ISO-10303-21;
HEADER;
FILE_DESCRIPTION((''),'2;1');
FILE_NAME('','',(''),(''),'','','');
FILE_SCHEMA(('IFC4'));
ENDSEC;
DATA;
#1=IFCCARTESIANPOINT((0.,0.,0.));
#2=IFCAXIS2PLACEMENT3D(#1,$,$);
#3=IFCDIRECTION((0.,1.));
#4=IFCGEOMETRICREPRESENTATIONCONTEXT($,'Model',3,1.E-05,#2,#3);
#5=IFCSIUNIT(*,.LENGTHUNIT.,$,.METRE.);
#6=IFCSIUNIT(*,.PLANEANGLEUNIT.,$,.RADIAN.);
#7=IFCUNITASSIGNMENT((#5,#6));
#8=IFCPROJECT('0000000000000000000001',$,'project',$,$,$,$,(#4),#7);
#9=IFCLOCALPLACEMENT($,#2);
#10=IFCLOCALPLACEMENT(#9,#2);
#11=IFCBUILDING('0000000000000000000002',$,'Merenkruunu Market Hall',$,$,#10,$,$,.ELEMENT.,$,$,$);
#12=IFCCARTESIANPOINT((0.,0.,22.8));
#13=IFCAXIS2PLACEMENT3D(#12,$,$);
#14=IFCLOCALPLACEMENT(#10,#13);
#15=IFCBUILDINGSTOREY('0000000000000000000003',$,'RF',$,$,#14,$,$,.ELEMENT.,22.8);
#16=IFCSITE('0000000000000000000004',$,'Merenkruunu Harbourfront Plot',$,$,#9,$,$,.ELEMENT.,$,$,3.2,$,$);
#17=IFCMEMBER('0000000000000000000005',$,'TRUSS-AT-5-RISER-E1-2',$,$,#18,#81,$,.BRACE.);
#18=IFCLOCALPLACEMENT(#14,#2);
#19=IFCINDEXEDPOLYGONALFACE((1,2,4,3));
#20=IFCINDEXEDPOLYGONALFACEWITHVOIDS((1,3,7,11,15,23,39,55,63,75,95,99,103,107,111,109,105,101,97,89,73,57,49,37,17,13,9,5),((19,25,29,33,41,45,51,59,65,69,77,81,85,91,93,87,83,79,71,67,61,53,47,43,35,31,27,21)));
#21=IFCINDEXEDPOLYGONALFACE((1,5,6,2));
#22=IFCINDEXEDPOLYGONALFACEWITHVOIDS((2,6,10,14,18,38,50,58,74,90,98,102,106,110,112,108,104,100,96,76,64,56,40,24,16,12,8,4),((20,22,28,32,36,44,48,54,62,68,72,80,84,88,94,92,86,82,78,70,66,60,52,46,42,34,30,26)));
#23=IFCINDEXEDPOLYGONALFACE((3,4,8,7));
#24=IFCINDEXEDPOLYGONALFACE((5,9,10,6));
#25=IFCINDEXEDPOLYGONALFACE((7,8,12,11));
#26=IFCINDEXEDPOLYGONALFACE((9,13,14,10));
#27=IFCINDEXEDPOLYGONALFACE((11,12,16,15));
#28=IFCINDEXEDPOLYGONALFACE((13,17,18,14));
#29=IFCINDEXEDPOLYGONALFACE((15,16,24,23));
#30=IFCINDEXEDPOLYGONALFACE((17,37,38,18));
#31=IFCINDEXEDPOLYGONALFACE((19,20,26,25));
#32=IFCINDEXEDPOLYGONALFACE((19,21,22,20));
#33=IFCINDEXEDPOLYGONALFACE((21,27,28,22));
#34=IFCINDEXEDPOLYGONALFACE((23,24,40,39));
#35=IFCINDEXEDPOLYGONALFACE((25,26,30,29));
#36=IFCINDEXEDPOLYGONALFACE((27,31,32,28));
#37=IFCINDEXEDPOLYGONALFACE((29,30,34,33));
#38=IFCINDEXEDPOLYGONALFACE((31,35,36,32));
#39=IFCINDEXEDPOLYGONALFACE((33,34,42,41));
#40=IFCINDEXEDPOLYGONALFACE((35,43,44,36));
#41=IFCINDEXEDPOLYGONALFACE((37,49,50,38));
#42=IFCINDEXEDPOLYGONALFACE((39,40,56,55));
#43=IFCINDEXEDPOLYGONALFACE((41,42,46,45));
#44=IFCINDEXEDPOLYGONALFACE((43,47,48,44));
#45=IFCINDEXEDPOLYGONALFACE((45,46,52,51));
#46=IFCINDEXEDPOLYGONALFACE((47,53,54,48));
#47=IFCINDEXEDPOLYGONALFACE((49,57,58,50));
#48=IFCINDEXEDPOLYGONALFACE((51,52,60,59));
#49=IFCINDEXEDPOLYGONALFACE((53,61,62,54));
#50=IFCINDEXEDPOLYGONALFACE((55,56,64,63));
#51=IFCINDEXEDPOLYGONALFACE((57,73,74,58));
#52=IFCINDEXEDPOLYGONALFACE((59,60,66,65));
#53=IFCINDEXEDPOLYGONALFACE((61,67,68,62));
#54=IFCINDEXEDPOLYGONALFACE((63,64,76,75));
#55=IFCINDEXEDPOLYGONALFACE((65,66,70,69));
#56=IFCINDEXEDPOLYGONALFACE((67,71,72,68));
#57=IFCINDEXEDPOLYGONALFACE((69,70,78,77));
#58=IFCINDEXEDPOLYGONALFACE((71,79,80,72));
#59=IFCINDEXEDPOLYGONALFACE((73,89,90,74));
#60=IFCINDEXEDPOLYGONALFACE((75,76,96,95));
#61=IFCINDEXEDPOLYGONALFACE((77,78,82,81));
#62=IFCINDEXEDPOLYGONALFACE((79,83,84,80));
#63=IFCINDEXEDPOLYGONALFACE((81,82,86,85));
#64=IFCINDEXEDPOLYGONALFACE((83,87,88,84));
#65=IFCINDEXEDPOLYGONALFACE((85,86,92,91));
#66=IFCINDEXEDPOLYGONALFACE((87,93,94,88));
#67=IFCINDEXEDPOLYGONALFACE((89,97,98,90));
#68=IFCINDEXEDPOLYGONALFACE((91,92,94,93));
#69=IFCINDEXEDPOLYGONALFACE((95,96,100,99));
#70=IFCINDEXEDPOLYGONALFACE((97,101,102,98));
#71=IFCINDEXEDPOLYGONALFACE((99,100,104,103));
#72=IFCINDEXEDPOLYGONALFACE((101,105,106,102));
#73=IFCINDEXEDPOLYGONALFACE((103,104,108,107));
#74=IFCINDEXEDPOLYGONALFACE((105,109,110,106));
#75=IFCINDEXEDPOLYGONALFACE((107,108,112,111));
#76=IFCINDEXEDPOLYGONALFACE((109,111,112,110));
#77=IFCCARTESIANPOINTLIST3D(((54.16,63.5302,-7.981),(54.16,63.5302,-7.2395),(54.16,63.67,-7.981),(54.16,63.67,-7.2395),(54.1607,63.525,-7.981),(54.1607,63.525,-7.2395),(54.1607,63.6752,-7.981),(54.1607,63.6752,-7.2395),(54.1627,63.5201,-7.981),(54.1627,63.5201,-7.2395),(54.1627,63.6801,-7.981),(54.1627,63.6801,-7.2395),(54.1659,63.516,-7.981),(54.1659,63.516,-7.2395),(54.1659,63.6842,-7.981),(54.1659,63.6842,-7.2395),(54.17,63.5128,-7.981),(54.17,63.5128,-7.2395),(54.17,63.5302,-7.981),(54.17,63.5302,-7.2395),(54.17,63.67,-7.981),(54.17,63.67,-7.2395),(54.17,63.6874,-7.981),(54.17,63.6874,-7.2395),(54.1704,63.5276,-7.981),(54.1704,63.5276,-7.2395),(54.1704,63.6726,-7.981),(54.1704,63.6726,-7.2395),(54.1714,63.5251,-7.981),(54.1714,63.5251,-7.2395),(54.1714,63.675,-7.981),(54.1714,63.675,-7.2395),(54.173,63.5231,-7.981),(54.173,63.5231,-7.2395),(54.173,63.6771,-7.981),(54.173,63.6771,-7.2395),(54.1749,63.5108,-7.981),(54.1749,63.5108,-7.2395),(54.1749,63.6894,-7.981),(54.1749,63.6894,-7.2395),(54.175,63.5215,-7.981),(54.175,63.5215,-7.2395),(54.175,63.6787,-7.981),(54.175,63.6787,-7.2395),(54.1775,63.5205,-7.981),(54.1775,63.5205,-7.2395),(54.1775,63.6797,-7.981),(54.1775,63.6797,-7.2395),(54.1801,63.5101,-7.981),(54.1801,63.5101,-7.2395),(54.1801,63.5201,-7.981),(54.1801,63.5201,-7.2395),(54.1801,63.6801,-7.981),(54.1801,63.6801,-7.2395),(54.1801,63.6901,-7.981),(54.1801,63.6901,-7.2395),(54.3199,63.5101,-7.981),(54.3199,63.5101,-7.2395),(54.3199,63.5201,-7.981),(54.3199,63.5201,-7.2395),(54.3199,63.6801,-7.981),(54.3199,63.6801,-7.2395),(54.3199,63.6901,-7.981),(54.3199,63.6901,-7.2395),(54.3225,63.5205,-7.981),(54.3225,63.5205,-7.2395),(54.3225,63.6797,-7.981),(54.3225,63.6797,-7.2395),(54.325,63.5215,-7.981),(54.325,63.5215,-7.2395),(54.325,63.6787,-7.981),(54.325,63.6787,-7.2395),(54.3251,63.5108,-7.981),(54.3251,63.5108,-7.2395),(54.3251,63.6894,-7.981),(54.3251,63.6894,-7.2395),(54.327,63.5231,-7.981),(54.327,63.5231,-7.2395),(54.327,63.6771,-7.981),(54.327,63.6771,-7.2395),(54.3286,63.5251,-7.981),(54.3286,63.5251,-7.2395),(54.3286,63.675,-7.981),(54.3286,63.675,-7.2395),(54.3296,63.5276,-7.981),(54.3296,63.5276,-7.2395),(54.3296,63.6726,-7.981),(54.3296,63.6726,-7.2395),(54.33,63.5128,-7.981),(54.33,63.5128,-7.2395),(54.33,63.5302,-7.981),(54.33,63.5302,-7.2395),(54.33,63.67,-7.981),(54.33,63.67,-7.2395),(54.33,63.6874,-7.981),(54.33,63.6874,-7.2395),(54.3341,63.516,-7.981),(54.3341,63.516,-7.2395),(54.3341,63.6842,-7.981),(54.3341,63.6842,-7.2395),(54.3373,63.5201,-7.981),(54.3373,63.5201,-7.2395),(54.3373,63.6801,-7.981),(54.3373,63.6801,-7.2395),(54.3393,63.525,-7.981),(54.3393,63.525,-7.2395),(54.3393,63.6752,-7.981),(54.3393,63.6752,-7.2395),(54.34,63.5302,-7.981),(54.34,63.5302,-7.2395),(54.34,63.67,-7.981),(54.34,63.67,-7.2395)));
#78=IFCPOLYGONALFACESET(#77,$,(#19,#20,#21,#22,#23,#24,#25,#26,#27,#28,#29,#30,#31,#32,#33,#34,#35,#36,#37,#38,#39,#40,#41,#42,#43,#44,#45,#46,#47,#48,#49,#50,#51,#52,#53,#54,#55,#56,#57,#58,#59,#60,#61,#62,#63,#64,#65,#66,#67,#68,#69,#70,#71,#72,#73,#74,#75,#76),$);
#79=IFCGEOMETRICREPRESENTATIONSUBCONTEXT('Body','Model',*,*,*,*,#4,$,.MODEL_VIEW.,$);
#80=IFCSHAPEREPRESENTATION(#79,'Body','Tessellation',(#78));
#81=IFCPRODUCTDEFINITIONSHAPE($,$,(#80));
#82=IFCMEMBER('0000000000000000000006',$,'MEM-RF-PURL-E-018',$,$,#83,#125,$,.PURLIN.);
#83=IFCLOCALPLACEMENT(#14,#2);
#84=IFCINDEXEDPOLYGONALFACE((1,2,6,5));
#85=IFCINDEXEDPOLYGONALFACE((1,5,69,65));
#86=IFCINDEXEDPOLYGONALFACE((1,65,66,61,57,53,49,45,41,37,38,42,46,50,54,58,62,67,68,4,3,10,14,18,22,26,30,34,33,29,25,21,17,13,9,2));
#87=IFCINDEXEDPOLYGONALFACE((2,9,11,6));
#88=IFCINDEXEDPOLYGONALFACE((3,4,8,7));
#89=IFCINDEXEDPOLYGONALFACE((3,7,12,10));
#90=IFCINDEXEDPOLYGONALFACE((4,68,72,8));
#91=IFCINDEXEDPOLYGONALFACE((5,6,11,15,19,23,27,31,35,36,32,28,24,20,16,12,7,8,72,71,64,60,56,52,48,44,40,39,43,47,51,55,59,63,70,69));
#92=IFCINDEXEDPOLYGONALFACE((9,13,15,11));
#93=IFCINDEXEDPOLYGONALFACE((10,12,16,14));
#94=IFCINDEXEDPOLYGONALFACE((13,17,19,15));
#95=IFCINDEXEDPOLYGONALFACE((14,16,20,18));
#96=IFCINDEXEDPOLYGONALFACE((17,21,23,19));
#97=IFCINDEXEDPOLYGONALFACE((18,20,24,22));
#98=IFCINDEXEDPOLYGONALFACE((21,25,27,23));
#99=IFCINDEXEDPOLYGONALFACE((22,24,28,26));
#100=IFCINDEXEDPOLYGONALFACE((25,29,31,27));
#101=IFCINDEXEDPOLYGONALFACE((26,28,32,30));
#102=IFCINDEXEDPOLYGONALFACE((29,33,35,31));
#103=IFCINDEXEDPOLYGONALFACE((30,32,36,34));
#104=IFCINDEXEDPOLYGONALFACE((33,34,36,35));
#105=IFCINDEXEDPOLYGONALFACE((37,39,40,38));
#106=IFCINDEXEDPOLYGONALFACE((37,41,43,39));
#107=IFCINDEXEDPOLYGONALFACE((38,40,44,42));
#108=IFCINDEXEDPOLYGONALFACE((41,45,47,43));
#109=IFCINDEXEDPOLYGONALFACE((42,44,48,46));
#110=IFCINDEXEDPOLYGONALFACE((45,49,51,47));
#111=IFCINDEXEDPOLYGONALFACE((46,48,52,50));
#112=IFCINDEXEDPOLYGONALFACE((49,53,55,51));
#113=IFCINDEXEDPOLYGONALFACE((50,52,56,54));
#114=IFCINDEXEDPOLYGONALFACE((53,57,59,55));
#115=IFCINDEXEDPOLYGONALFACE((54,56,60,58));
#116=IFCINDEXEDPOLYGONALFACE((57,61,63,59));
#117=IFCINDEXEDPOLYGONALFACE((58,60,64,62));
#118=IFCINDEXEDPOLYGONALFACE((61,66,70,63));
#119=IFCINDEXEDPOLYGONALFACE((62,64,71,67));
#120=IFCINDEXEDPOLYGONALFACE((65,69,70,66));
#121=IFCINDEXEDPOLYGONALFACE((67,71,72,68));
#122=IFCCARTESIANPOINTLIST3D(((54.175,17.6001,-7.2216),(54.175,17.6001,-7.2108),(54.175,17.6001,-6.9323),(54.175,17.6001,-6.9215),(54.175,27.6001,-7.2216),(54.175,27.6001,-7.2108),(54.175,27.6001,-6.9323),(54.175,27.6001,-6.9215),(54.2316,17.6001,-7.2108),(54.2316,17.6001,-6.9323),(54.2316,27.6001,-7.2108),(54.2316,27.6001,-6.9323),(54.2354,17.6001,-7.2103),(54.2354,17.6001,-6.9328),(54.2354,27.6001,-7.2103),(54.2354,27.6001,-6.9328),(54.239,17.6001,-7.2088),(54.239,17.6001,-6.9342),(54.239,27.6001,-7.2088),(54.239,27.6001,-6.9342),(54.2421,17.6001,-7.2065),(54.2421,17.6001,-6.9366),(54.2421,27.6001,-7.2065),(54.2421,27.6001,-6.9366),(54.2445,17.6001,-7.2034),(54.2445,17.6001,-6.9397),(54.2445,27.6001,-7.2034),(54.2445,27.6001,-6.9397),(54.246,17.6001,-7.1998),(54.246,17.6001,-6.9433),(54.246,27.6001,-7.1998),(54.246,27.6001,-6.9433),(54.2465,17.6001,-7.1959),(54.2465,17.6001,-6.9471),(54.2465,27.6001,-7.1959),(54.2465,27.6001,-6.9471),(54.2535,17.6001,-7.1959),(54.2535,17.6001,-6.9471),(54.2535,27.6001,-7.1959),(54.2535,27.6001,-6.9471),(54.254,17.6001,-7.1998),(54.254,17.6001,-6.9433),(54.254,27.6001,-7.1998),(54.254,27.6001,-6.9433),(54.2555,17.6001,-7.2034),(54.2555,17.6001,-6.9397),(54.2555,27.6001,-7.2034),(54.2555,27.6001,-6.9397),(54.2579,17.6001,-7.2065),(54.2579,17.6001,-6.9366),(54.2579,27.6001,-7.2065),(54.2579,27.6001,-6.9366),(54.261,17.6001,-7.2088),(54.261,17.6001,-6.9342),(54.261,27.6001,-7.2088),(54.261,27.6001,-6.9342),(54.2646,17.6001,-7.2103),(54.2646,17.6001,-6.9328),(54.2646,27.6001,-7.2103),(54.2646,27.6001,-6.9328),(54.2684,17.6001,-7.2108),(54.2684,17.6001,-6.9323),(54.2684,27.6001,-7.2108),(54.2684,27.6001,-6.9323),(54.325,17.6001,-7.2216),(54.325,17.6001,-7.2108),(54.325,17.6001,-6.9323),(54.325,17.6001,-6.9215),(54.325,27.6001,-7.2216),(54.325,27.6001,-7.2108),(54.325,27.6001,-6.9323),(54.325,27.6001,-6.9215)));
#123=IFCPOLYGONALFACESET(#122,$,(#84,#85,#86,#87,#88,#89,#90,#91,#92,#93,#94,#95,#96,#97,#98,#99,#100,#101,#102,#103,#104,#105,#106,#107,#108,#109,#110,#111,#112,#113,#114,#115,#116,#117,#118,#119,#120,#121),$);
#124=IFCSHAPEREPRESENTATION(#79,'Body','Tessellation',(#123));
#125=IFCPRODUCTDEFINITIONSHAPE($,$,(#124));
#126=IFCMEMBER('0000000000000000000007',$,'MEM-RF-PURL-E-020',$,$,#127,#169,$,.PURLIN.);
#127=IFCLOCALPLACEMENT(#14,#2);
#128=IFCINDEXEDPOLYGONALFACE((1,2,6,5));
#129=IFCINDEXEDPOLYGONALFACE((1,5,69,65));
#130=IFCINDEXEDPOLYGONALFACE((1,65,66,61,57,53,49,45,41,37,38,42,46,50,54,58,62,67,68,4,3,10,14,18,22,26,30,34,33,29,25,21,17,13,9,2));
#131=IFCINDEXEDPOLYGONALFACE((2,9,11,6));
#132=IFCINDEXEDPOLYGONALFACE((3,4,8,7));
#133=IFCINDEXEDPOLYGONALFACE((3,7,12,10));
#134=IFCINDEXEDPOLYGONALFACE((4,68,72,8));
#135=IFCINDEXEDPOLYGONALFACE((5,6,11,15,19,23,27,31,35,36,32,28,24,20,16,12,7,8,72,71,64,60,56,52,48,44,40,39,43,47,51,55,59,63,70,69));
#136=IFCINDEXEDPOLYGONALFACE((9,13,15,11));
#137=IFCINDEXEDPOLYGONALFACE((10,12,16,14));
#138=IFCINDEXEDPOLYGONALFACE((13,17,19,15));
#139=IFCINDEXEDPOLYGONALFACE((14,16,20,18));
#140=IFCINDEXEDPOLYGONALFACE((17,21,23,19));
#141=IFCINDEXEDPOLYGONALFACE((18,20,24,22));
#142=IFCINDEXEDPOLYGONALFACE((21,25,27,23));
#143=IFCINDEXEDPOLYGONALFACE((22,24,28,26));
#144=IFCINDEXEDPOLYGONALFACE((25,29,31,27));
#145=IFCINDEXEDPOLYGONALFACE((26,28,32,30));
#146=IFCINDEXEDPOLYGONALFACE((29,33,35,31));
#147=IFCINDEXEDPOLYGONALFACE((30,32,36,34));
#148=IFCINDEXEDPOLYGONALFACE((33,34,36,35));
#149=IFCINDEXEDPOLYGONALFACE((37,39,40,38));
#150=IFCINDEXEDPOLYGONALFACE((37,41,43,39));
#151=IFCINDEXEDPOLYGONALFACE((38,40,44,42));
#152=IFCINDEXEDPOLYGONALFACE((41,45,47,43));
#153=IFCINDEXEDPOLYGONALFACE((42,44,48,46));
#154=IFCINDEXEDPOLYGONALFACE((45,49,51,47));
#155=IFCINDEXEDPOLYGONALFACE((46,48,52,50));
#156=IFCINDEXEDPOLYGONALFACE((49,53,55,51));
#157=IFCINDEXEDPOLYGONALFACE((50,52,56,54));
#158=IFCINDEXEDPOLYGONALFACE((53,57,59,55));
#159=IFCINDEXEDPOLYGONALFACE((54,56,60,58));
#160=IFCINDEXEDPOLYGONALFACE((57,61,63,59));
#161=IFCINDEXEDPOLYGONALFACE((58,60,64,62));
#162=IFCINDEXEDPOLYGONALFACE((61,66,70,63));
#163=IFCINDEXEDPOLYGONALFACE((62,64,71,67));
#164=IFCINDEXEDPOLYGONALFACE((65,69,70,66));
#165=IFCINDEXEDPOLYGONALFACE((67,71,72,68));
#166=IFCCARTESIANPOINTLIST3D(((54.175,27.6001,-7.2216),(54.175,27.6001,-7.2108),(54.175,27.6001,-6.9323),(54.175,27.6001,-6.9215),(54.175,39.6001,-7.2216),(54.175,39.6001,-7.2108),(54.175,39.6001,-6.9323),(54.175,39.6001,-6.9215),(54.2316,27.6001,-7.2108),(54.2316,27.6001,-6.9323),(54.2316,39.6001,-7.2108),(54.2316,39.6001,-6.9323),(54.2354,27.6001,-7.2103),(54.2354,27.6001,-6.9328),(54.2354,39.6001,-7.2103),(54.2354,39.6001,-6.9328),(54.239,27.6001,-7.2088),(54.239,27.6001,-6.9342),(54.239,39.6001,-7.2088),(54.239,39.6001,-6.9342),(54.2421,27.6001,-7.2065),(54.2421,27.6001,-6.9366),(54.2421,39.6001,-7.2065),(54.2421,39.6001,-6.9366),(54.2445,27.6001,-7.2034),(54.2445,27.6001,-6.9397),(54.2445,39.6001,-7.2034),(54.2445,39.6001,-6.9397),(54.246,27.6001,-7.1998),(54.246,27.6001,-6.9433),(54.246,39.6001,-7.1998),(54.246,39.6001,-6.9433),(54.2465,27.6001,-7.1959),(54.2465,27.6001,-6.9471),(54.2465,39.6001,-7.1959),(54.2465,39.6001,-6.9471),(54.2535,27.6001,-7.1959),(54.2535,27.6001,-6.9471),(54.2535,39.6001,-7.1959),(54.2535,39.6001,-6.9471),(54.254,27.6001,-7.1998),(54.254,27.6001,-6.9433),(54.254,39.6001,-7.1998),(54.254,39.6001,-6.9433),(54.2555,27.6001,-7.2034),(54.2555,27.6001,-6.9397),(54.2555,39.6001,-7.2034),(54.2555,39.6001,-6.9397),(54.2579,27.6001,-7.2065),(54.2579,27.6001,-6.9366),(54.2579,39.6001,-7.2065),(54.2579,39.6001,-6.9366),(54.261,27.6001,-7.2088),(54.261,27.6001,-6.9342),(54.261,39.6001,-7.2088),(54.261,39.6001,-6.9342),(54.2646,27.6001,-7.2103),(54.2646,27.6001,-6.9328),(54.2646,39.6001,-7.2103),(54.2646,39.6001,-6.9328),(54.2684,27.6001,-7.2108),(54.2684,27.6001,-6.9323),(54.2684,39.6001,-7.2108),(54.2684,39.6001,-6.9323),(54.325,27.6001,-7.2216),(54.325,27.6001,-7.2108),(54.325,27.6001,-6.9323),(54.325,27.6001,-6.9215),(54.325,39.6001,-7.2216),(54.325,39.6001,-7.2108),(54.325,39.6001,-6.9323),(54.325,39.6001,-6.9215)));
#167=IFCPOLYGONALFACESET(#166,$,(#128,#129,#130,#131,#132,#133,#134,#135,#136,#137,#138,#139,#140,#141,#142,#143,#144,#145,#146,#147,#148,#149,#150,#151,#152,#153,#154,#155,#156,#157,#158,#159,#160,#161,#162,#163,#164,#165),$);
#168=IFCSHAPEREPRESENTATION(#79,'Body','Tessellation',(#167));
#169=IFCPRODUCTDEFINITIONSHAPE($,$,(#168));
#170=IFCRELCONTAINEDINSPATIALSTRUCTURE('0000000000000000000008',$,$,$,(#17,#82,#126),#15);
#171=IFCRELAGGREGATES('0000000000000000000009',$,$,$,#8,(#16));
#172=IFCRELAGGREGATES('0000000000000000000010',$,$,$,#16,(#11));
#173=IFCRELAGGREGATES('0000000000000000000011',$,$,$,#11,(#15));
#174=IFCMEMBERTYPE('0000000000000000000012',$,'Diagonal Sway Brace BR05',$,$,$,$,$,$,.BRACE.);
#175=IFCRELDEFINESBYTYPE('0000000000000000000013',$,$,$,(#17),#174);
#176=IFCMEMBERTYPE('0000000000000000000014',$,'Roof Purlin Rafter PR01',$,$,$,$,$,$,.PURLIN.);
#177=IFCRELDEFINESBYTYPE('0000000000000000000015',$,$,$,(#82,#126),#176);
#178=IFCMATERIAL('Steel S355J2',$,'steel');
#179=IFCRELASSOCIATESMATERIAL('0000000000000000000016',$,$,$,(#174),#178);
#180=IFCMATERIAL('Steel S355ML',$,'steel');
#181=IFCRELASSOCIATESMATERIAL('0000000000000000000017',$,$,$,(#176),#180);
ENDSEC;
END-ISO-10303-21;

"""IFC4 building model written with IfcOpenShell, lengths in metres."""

from ifc_helpers import new_model, si_unit, direction, frame, origin, origin_2d, place, context, subcontext, project, spatial, hollow_rectangle, i_section, extrude, material, material_profile, profile_set, type_object, element, save


model = new_model("IFC4")

# Units and contexts
model_context = context("Model", 3, precision=1e-05, world=origin(), true_north=direction((0.0, 1.0)))
body_context = subcontext(model_context, "Body", "Model", "MODEL_VIEW")
ifc_project = project(units=[si_unit("LENGTHUNIT", "METRE"), si_unit("PLANEANGLEUNIT", "RADIAN")], contexts=[model_context])

# Site, building, storey
site_placement = place(None, origin())
site = spatial("IfcSite", under=ifc_project, at=site_placement, Name="Merenkruunu Harbourfront Plot", CompositionType="ELEMENT", RefElevation=3.2)
building_placement = place(site_placement, origin())
building = spatial("IfcBuilding", under=site, at=building_placement, Name="Merenkruunu Market Hall", CompositionType="ELEMENT")
storey_placement = place(building_placement, frame((0.0, 0.0, 22.8)))
storey = spatial("IfcBuildingStorey", under=building, at=storey_placement, Name="RF", CompositionType="ELEMENT", Elevation=22.8)

# Members
ifc_material_1 = material(Name="Steel S355J2", Category="steel")
ifc_material_profile_1 = material_profile(ifc_material_1, hollow_rectangle(XDim=0.1799, YDim=0.1799, WallThickness=0.01, InnerFilletRadius=0.01, OuterFilletRadius=0.02, at=origin_2d()), Name="SHS 180x180x10")
ifc_profile_set_1 = profile_set([ifc_material_profile_1], Name="Steel S355J2")
member_type_1 = type_object("IfcMemberType", Name="Diagonal Sway Brace BR05", PredefinedType="BRACE", material=ifc_profile_set_1)
for number, where, z_axis, x_axis, name in (
    (1, (54.25, 63.6001, -7.981), (0.0, 0.0, 1.0), (1.0, 0.0, 0.0), "TRUSS-AT-5-RISER-E1-2"),
):
    element("IfcMember", number, at=place(storey_placement, frame(where, z_axis=z_axis, x_axis=x_axis)), inside=storey, type_object=member_type_1, Name=name, PredefinedType="BRACE", context=body_context, shape_type="SweptSolid", body=[
        extrude(hollow_rectangle(XDim=0.1799, YDim=0.1799, WallThickness=0.01, InnerFilletRadius=0.01, OuterFilletRadius=0.02, at=origin_2d()), origin(), (0.0, 0.0, 1.0), 0.7415),
    ])
ifc_material_2 = material(Name="Steel S355ML", Category="steel")
ifc_material_profile_2 = material_profile(ifc_material_2, i_section(OverallWidth=0.1499, OverallDepth=0.3, WebThickness=0.0071, FlangeThickness=0.0107, FilletRadius=0.0149, at=origin_2d()), Name="IPE 300")
ifc_profile_set_2 = profile_set([ifc_material_profile_2], Name="Steel S355ML")
member_type_2 = type_object("IfcMemberType", Name="Roof Purlin Rafter PR01", PredefinedType="PURLIN", material=ifc_profile_set_2)
member_1_placement = place(storey_placement, frame((54.25, 17.6001, -7.0715), z_axis=(0.0, 1.0, 0.0), x_axis=(-1.0, 0.0, 0.0)))
element("IfcMember", 2, at=member_1_placement, inside=storey, type_object=member_type_2, Name="MEM-RF-PURL-E-018", PredefinedType="PURLIN", context=body_context, shape_type="SweptSolid", body=[
    extrude(i_section(OverallWidth=0.1499, OverallDepth=0.3, WebThickness=0.0071, FlangeThickness=0.0107, FilletRadius=0.0149, at=origin_2d()), origin(), (0.0, 0.0, 1.0), 10.0),
])
for number, where, z_axis, x_axis, name in (
    (3, (54.25, 27.6001, -7.0715), (0.0, 1.0, 0.0), (-1.0, 0.0, 0.0), "MEM-RF-PURL-E-020"),
):
    element("IfcMember", number, at=place(storey_placement, frame(where, z_axis=z_axis, x_axis=x_axis)), inside=storey, type_object=member_type_2, Name=name, PredefinedType="PURLIN", context=body_context, shape_type="SweptSolid", body=[
        extrude(i_section(OverallWidth=0.1499, OverallDepth=0.3, WebThickness=0.0071, FlangeThickness=0.0107, FilletRadius=0.0149, at=origin_2d()), origin(), (0.0, 0.0, 1.0), 12.0),
    ])

save(model, "model.ifc")
